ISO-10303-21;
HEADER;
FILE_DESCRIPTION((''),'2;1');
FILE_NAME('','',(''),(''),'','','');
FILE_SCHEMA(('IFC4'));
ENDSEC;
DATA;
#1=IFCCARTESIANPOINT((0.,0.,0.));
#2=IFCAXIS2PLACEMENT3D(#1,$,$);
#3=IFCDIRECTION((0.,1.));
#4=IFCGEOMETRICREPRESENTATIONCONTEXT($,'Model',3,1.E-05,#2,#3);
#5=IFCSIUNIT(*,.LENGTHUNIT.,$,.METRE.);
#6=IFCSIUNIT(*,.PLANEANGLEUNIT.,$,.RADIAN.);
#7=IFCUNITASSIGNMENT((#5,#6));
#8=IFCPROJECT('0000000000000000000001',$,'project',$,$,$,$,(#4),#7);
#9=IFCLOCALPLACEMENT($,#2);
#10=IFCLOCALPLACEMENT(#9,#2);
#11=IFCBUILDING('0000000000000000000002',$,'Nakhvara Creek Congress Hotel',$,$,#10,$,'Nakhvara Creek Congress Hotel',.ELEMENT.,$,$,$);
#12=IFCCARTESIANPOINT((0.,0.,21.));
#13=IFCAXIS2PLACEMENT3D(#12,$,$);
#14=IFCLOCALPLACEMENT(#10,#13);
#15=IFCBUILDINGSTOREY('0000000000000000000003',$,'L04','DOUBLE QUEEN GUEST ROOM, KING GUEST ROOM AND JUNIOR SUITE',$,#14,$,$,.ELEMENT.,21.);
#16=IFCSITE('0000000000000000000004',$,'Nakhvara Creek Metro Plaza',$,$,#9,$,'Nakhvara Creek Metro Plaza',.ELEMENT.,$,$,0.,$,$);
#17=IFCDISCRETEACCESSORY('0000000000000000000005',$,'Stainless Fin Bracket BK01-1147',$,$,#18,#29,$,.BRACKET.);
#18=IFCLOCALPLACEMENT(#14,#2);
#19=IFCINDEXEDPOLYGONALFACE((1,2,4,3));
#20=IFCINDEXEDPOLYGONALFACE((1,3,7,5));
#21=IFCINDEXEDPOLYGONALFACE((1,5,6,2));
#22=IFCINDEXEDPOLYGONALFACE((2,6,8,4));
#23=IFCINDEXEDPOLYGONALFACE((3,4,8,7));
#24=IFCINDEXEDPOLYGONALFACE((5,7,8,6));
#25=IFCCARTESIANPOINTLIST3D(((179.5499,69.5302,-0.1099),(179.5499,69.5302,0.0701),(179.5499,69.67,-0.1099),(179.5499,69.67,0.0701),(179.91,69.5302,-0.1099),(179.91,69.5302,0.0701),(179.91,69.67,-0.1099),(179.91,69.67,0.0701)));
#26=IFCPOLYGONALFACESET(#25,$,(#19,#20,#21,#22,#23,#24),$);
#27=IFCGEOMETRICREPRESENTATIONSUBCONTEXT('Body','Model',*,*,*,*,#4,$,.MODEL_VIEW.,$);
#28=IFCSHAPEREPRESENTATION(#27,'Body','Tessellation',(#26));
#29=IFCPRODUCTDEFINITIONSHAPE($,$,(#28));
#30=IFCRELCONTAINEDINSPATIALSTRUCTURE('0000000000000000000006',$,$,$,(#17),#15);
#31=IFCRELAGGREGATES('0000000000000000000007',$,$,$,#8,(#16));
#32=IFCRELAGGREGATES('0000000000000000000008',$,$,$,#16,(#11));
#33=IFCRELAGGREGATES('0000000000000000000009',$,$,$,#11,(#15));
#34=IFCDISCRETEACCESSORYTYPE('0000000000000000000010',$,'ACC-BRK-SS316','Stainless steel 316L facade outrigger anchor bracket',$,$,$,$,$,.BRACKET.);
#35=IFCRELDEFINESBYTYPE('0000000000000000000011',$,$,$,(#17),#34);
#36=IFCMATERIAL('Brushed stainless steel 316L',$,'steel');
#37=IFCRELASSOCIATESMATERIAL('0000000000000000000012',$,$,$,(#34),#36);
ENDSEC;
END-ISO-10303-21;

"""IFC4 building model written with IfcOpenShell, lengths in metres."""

from ifc_helpers import new_model, si_unit, direction, frame, origin, origin_2d, place, context, subcontext, project, spatial, rectangle, extrude, material, type_object, element, save


model = new_model("IFC4")

# Units and contexts
model_context = context("Model", 3, precision=1e-05, world=origin(), true_north=direction((0.0, 1.0)))
body_context = subcontext(model_context, "Body", "Model", "MODEL_VIEW")
ifc_project = project(units=[si_unit("LENGTHUNIT", "METRE"), si_unit("PLANEANGLEUNIT", "RADIAN")], contexts=[model_context])

# Site, building, storey
site_placement = place(None, origin())
site = spatial("IfcSite", under=ifc_project, at=site_placement, Name="Nakhvara Creek Metro Plaza", LongName="Nakhvara Creek Metro Plaza", CompositionType="ELEMENT", RefElevation=0.0)
building_placement = place(site_placement, origin())
building = spatial("IfcBuilding", under=site, at=building_placement, Name="Nakhvara Creek Congress Hotel", LongName="Nakhvara Creek Congress Hotel", CompositionType="ELEMENT")
storey_placement = place(building_placement, frame((0.0, 0.0, 21.0)))
storey = spatial("IfcBuildingStorey", under=building, at=storey_placement, Name="L04", Description="DOUBLE QUEEN GUEST ROOM, KING GUEST ROOM AND JUNIOR SUITE", CompositionType="ELEMENT", Elevation=21.0)

# Discrete accessory
ifc_material_1 = material(Name="Brushed stainless steel 316L", Category="steel")
discrete_accessory_type = type_object("IfcDiscreteAccessoryType", Name="ACC-BRK-SS316", Description="Stainless steel 316L facade outrigger anchor bracket", PredefinedType="BRACKET", material=ifc_material_1)
for number, where, z_axis, x_axis, name in (
    (1, (179.73, 69.6001, -0.1099), (0.0, 0.0, 1.0), (0.0, 1.0, 0.0), "Stainless Fin Bracket BK01-1147"),
):
    element("IfcDiscreteAccessory", number, at=place(storey_placement, frame(where, z_axis=z_axis, x_axis=x_axis)), inside=storey, type_object=discrete_accessory_type, Name=name, PredefinedType="BRACKET", context=body_context, shape_type="SweptSolid", body=[
        extrude(rectangle(XDim=0.1399, YDim=0.3601, at=origin_2d()), origin(), (0.0, 0.0, 1.0), 0.1799),
    ])

save(model, "model.ifc")
